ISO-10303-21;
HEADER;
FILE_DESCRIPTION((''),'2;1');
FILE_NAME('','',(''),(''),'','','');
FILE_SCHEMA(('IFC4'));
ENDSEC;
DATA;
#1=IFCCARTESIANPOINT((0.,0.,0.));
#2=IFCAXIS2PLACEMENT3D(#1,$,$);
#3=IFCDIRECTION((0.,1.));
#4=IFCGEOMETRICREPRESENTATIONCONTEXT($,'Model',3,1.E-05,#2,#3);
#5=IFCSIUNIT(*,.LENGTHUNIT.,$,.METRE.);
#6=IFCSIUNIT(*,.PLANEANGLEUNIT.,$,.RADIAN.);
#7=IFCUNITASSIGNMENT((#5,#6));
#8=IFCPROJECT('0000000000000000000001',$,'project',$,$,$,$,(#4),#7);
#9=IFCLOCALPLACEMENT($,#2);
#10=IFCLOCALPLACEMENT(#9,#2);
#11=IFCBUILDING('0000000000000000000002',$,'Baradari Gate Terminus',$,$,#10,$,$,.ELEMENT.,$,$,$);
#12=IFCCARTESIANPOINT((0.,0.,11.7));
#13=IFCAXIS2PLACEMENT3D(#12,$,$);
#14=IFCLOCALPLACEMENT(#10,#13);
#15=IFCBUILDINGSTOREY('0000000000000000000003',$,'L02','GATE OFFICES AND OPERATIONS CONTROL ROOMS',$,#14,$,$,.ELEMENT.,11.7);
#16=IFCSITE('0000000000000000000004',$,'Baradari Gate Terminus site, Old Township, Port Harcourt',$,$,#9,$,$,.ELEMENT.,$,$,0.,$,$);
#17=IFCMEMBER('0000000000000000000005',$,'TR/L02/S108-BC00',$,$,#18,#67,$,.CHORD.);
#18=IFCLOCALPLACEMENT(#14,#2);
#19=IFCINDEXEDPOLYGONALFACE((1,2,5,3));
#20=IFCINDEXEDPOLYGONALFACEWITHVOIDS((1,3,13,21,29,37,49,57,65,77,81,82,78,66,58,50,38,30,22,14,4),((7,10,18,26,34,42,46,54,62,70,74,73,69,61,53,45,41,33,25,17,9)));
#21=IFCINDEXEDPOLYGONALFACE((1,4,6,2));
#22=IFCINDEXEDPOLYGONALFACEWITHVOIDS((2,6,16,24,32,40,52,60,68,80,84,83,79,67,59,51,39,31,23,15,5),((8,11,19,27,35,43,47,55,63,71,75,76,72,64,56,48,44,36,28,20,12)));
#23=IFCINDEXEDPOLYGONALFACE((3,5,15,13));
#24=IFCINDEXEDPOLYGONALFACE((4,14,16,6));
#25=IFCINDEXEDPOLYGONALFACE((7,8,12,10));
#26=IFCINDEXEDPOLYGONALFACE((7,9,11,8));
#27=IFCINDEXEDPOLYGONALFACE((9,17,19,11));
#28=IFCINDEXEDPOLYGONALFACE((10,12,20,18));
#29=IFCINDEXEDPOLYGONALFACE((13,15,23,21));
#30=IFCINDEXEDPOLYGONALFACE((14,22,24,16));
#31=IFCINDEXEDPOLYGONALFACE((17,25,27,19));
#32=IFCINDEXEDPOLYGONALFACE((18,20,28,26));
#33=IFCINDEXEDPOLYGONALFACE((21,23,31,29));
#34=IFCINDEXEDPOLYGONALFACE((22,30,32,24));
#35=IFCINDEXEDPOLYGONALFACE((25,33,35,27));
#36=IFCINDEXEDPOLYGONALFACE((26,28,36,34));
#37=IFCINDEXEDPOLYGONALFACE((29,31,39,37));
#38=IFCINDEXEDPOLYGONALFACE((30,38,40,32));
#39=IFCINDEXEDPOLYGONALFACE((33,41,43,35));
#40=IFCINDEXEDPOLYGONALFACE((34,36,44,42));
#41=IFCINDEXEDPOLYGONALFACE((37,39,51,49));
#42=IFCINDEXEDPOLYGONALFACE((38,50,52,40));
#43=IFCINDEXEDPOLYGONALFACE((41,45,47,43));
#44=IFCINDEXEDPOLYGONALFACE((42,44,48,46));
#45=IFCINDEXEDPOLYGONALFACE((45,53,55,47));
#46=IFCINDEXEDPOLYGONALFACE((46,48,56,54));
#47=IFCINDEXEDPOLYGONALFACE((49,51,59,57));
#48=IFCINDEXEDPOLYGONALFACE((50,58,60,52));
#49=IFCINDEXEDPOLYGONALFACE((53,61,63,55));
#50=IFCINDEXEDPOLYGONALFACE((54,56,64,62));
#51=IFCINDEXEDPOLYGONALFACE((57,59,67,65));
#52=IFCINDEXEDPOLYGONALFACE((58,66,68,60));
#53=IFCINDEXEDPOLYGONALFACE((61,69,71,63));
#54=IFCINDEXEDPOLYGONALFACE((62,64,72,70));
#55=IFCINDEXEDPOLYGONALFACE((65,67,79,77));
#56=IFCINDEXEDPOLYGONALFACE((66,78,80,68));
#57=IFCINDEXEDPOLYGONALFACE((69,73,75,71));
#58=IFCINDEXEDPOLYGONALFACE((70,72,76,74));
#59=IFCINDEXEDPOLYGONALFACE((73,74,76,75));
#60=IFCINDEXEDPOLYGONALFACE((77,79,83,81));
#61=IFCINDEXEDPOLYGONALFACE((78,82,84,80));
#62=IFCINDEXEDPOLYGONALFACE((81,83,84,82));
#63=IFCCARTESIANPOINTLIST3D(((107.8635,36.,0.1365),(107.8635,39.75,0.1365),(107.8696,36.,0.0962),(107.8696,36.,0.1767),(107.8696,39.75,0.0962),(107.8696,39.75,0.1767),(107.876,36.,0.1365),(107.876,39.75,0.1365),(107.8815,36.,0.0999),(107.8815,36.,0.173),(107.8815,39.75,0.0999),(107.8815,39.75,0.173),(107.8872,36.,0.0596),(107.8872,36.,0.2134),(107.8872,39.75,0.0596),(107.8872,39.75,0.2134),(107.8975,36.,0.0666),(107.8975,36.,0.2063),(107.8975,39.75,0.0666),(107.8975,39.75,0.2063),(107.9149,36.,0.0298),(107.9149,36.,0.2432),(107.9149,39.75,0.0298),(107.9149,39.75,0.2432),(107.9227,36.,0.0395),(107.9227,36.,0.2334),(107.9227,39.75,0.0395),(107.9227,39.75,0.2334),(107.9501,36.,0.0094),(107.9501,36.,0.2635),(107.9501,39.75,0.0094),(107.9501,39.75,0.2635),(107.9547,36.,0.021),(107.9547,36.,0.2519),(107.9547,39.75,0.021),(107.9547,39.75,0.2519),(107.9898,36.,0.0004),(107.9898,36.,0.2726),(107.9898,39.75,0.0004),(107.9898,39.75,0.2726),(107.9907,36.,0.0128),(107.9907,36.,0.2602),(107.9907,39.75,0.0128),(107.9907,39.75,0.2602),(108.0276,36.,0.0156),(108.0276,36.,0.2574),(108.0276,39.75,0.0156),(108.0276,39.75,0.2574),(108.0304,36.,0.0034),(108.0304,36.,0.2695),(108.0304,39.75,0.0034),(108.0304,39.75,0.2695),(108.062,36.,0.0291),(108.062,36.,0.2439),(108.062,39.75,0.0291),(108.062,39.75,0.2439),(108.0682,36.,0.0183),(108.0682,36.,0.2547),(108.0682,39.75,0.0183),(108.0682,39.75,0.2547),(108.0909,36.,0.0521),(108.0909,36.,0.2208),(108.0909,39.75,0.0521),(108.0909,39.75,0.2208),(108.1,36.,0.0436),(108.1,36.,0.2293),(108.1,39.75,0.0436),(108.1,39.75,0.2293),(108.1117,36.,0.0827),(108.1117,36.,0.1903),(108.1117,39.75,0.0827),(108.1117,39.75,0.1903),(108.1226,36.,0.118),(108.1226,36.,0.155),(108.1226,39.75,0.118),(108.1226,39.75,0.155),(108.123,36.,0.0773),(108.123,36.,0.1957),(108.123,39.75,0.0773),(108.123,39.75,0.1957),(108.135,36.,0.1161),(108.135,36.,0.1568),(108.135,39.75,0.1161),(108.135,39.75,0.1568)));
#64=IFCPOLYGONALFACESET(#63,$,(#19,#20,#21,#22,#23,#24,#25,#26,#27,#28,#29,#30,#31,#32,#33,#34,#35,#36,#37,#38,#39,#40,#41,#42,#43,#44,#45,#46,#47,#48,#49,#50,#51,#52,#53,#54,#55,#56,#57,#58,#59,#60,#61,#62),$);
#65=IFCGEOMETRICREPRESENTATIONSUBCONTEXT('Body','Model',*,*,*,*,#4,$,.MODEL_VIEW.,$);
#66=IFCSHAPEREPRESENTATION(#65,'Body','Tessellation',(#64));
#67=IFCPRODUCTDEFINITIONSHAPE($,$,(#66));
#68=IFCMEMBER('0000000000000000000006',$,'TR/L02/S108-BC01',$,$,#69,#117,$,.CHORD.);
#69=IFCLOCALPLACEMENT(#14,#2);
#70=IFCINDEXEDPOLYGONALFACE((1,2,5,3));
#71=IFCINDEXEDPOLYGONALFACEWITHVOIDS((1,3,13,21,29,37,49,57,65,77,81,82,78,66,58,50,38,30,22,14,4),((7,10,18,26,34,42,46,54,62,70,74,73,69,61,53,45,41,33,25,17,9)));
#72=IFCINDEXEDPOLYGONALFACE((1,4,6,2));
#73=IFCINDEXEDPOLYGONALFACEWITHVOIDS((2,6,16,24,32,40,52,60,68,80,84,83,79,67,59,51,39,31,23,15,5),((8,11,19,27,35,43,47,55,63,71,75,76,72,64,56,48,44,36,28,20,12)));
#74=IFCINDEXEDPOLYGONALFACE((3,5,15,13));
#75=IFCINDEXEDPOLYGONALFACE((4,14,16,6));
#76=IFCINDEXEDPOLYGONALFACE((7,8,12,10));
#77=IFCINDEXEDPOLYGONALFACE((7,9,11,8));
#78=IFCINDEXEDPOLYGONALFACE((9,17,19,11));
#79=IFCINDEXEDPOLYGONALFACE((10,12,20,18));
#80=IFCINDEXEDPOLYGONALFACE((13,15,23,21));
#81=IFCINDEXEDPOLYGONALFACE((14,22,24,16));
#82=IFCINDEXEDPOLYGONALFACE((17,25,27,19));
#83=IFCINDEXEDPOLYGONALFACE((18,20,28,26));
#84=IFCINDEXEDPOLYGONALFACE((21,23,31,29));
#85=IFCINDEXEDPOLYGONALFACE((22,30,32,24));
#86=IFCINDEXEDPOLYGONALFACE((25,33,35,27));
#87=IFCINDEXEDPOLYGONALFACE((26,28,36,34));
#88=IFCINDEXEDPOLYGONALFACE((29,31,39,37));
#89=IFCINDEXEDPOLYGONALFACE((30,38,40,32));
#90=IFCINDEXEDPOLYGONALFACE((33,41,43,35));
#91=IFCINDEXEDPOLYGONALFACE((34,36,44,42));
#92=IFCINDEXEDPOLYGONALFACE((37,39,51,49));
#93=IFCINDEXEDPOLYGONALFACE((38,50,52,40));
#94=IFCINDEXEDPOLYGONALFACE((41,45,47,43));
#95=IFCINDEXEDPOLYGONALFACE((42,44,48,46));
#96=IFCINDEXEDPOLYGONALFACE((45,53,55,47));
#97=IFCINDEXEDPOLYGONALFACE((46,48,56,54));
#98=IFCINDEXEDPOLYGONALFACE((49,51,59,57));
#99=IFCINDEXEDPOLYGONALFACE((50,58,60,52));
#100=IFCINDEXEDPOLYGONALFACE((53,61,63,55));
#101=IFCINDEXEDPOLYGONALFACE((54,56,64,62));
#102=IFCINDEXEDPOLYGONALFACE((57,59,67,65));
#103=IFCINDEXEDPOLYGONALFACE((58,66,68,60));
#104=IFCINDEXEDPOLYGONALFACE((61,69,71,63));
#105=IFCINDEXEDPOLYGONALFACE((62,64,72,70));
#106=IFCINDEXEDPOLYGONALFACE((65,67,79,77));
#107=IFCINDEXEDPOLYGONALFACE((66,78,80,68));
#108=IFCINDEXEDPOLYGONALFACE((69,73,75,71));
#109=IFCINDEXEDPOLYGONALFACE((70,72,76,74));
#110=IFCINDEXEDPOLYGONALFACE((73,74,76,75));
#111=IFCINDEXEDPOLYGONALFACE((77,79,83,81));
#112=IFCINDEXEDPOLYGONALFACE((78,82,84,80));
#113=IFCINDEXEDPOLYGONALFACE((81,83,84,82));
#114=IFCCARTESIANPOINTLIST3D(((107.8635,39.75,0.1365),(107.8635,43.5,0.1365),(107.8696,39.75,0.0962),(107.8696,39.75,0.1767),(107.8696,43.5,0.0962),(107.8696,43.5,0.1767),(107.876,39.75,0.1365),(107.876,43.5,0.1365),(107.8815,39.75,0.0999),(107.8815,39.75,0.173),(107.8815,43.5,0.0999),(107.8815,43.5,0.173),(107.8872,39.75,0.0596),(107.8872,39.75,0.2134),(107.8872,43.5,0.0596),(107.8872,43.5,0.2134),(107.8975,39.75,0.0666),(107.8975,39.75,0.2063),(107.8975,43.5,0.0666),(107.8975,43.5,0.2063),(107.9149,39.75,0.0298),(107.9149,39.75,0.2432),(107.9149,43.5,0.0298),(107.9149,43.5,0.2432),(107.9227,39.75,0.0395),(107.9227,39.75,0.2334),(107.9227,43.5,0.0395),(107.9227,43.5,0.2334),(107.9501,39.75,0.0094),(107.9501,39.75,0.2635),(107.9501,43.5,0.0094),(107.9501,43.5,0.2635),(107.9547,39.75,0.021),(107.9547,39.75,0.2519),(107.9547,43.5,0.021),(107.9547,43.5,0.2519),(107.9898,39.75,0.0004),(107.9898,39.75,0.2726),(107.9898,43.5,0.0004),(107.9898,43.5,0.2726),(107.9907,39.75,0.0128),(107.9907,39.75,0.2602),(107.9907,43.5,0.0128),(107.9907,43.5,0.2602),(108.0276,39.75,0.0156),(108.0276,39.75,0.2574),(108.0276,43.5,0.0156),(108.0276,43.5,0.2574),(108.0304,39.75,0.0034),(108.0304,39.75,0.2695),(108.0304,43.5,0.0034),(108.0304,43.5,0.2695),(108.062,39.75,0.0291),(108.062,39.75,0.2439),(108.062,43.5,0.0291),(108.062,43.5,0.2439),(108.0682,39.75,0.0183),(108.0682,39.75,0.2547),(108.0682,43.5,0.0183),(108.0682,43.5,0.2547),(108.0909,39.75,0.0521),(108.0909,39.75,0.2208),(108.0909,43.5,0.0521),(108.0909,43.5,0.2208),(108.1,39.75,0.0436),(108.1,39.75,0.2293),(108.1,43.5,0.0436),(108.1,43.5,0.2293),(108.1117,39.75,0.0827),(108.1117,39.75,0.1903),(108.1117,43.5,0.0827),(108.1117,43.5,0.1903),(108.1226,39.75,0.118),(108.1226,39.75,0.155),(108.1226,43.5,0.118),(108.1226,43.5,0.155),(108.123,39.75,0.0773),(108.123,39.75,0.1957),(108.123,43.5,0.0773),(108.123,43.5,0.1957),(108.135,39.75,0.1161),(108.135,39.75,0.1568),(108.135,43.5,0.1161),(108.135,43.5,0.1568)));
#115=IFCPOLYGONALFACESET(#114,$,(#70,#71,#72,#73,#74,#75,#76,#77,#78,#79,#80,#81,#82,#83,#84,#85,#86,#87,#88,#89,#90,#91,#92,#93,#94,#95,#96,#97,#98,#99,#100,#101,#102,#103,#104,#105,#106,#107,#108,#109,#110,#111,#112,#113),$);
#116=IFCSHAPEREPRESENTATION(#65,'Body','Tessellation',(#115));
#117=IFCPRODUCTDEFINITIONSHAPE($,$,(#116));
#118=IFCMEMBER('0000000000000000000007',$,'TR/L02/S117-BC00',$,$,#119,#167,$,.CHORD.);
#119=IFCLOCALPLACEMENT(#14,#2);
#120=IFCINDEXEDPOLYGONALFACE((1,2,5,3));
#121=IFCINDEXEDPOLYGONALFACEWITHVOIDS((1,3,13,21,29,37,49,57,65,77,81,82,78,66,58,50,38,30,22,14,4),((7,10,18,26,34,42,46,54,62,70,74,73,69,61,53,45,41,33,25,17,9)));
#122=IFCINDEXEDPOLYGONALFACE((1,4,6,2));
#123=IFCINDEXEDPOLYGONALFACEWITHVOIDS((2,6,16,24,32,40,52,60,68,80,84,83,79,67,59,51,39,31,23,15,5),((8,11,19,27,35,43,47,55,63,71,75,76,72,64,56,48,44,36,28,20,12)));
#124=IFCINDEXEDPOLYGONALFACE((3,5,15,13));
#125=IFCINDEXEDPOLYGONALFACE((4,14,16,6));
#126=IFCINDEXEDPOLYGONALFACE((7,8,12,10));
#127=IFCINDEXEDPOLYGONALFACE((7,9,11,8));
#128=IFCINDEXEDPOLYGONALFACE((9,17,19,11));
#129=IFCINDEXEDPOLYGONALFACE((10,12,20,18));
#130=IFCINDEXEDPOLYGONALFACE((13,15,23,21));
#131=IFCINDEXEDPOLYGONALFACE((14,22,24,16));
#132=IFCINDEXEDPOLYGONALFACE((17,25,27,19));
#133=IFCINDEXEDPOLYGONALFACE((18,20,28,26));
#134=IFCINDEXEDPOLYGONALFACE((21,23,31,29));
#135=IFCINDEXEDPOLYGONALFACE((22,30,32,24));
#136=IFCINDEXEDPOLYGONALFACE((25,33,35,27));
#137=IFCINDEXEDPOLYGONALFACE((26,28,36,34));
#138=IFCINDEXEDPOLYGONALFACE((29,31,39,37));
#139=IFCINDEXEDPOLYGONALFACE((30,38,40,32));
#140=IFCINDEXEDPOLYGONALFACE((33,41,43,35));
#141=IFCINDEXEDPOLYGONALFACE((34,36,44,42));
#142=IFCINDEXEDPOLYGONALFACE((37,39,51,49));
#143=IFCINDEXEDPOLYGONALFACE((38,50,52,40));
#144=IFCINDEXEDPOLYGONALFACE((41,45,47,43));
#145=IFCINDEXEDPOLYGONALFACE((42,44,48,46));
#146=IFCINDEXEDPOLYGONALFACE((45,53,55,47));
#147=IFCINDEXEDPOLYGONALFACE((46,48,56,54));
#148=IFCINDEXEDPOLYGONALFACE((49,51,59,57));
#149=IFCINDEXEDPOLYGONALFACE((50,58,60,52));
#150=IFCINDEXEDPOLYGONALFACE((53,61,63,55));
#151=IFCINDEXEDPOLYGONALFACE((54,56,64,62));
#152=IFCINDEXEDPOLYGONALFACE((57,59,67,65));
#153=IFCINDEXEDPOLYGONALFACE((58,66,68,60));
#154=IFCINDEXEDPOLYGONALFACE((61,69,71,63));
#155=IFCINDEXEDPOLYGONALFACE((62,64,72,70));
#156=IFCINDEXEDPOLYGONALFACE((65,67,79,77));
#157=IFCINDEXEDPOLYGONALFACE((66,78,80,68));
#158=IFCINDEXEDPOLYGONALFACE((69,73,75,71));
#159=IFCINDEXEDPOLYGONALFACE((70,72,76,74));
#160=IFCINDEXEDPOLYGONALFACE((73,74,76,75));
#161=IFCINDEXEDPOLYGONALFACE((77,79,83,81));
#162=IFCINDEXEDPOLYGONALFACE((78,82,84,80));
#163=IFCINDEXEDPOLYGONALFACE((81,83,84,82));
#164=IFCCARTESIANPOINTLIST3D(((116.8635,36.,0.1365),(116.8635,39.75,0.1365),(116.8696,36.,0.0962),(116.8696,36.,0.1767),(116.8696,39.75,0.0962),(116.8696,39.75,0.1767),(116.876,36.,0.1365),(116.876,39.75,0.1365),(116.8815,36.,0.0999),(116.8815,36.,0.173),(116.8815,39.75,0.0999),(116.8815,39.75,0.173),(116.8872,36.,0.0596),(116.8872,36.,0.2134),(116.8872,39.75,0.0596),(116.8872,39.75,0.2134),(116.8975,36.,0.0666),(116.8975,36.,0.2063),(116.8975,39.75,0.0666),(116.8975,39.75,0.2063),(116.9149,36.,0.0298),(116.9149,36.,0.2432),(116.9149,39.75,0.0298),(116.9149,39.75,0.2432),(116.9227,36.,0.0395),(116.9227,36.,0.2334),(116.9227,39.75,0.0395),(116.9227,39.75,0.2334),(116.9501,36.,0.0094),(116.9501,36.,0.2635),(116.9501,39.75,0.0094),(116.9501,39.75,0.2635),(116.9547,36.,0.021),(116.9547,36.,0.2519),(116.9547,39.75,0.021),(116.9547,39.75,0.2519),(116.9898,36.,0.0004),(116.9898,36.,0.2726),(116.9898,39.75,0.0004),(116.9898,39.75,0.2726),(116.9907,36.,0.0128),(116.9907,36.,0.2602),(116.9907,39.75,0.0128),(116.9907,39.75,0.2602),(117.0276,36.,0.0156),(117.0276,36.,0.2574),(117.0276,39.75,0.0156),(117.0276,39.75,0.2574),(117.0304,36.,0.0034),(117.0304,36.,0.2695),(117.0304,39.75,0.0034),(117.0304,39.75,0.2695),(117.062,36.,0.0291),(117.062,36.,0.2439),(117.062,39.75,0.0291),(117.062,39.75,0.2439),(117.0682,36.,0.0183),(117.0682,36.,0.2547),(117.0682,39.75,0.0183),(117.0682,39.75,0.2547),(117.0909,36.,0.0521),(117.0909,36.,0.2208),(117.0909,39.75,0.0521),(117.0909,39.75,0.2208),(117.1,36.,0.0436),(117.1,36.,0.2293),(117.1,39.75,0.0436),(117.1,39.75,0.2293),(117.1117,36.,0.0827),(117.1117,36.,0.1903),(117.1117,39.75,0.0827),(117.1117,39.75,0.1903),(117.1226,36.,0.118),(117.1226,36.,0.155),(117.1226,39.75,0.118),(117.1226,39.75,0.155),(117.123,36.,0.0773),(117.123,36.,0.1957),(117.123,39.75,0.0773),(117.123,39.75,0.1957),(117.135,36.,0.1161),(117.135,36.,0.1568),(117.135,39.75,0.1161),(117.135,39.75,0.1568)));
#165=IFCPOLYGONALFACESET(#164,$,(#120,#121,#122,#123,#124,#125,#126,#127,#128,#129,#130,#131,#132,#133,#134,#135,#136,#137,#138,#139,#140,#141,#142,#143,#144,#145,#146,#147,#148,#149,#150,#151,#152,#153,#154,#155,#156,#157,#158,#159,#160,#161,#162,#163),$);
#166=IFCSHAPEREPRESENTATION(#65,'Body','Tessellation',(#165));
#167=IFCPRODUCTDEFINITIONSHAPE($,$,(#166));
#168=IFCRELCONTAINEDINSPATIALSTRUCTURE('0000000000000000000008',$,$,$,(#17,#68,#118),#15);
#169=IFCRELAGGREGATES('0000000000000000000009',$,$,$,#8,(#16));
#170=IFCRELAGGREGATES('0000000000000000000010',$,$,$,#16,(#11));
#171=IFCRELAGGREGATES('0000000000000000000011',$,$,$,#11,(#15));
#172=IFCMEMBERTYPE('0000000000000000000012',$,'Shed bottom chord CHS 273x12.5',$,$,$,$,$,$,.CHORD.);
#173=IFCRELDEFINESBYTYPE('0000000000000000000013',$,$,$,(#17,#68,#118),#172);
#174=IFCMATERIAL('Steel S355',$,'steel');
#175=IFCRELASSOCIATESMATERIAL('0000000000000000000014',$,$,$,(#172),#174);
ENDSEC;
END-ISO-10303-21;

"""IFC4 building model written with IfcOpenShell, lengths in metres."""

from ifc_helpers import new_model, si_unit, direction, frame, origin, origin_2d, place, context, subcontext, project, spatial, hollow_circle, extrude, material, material_profile, profile_set, type_object, element, save


model = new_model("IFC4")

# Units and contexts
model_context = context("Model", 3, precision=1e-05, world=origin(), true_north=direction((0.0, 1.0)))
body_context = subcontext(model_context, "Body", "Model", "MODEL_VIEW")
ifc_project = project(units=[si_unit("LENGTHUNIT", "METRE"), si_unit("PLANEANGLEUNIT", "RADIAN")], contexts=[model_context])

# Site, building, storey
site_placement = place(None, origin())
site = spatial("IfcSite", under=ifc_project, at=site_placement, Name="Baradari Gate Terminus site, Old Township, Port Harcourt", CompositionType="ELEMENT", RefElevation=0.0)
building_placement = place(site_placement, origin())
building = spatial("IfcBuilding", under=site, at=building_placement, Name="Baradari Gate Terminus", CompositionType="ELEMENT")
storey_placement = place(building_placement, frame((0.0, 0.0, 11.7)))
storey = spatial("IfcBuildingStorey", under=building, at=storey_placement, Name="L02", Description="GATE OFFICES AND OPERATIONS CONTROL ROOMS", CompositionType="ELEMENT", Elevation=11.7)

# Members
ifc_material_1 = material(Name="Steel S355", Category="steel")
ifc_material_profile_1 = material_profile(ifc_material_1, hollow_circle(Radius=0.1365, WallThickness=0.0125, at=origin_2d()), Name="CHS 273x12.5")
ifc_profile_set_1 = profile_set([ifc_material_profile_1], Name="Steel S355")
member_type_1 = type_object("IfcMemberType", Name="Shed bottom chord CHS 273x12.5", PredefinedType="CHORD", material=ifc_profile_set_1)
for number, where, z_axis, x_axis, name in (
    (1, (108.0, 36.0, 0.1365), (0.0, 1.0, 0.0), (-1.0, 0.0, 0.0), "TR/L02/S108-BC00"),
    (2, (108.0, 39.75, 0.1365), (0.0, 1.0, 0.0), (-1.0, 0.0, 0.0), "TR/L02/S108-BC01"),
    (3, (117.0, 36.0, 0.1365), (0.0, 1.0, 0.0), (-1.0, 0.0, 0.0), "TR/L02/S117-BC00"),
):
    element("IfcMember", number, at=place(storey_placement, frame(where, z_axis=z_axis, x_axis=x_axis)), inside=storey, type_object=member_type_1, Name=name, PredefinedType="CHORD", context=body_context, shape_type="SweptSolid", body=[
        extrude(hollow_circle(Radius=0.1365, WallThickness=0.0125, at=origin_2d()), origin(), (0.0, 0.0, 1.0), 3.75),
    ])

save(model, "model.ifc")
